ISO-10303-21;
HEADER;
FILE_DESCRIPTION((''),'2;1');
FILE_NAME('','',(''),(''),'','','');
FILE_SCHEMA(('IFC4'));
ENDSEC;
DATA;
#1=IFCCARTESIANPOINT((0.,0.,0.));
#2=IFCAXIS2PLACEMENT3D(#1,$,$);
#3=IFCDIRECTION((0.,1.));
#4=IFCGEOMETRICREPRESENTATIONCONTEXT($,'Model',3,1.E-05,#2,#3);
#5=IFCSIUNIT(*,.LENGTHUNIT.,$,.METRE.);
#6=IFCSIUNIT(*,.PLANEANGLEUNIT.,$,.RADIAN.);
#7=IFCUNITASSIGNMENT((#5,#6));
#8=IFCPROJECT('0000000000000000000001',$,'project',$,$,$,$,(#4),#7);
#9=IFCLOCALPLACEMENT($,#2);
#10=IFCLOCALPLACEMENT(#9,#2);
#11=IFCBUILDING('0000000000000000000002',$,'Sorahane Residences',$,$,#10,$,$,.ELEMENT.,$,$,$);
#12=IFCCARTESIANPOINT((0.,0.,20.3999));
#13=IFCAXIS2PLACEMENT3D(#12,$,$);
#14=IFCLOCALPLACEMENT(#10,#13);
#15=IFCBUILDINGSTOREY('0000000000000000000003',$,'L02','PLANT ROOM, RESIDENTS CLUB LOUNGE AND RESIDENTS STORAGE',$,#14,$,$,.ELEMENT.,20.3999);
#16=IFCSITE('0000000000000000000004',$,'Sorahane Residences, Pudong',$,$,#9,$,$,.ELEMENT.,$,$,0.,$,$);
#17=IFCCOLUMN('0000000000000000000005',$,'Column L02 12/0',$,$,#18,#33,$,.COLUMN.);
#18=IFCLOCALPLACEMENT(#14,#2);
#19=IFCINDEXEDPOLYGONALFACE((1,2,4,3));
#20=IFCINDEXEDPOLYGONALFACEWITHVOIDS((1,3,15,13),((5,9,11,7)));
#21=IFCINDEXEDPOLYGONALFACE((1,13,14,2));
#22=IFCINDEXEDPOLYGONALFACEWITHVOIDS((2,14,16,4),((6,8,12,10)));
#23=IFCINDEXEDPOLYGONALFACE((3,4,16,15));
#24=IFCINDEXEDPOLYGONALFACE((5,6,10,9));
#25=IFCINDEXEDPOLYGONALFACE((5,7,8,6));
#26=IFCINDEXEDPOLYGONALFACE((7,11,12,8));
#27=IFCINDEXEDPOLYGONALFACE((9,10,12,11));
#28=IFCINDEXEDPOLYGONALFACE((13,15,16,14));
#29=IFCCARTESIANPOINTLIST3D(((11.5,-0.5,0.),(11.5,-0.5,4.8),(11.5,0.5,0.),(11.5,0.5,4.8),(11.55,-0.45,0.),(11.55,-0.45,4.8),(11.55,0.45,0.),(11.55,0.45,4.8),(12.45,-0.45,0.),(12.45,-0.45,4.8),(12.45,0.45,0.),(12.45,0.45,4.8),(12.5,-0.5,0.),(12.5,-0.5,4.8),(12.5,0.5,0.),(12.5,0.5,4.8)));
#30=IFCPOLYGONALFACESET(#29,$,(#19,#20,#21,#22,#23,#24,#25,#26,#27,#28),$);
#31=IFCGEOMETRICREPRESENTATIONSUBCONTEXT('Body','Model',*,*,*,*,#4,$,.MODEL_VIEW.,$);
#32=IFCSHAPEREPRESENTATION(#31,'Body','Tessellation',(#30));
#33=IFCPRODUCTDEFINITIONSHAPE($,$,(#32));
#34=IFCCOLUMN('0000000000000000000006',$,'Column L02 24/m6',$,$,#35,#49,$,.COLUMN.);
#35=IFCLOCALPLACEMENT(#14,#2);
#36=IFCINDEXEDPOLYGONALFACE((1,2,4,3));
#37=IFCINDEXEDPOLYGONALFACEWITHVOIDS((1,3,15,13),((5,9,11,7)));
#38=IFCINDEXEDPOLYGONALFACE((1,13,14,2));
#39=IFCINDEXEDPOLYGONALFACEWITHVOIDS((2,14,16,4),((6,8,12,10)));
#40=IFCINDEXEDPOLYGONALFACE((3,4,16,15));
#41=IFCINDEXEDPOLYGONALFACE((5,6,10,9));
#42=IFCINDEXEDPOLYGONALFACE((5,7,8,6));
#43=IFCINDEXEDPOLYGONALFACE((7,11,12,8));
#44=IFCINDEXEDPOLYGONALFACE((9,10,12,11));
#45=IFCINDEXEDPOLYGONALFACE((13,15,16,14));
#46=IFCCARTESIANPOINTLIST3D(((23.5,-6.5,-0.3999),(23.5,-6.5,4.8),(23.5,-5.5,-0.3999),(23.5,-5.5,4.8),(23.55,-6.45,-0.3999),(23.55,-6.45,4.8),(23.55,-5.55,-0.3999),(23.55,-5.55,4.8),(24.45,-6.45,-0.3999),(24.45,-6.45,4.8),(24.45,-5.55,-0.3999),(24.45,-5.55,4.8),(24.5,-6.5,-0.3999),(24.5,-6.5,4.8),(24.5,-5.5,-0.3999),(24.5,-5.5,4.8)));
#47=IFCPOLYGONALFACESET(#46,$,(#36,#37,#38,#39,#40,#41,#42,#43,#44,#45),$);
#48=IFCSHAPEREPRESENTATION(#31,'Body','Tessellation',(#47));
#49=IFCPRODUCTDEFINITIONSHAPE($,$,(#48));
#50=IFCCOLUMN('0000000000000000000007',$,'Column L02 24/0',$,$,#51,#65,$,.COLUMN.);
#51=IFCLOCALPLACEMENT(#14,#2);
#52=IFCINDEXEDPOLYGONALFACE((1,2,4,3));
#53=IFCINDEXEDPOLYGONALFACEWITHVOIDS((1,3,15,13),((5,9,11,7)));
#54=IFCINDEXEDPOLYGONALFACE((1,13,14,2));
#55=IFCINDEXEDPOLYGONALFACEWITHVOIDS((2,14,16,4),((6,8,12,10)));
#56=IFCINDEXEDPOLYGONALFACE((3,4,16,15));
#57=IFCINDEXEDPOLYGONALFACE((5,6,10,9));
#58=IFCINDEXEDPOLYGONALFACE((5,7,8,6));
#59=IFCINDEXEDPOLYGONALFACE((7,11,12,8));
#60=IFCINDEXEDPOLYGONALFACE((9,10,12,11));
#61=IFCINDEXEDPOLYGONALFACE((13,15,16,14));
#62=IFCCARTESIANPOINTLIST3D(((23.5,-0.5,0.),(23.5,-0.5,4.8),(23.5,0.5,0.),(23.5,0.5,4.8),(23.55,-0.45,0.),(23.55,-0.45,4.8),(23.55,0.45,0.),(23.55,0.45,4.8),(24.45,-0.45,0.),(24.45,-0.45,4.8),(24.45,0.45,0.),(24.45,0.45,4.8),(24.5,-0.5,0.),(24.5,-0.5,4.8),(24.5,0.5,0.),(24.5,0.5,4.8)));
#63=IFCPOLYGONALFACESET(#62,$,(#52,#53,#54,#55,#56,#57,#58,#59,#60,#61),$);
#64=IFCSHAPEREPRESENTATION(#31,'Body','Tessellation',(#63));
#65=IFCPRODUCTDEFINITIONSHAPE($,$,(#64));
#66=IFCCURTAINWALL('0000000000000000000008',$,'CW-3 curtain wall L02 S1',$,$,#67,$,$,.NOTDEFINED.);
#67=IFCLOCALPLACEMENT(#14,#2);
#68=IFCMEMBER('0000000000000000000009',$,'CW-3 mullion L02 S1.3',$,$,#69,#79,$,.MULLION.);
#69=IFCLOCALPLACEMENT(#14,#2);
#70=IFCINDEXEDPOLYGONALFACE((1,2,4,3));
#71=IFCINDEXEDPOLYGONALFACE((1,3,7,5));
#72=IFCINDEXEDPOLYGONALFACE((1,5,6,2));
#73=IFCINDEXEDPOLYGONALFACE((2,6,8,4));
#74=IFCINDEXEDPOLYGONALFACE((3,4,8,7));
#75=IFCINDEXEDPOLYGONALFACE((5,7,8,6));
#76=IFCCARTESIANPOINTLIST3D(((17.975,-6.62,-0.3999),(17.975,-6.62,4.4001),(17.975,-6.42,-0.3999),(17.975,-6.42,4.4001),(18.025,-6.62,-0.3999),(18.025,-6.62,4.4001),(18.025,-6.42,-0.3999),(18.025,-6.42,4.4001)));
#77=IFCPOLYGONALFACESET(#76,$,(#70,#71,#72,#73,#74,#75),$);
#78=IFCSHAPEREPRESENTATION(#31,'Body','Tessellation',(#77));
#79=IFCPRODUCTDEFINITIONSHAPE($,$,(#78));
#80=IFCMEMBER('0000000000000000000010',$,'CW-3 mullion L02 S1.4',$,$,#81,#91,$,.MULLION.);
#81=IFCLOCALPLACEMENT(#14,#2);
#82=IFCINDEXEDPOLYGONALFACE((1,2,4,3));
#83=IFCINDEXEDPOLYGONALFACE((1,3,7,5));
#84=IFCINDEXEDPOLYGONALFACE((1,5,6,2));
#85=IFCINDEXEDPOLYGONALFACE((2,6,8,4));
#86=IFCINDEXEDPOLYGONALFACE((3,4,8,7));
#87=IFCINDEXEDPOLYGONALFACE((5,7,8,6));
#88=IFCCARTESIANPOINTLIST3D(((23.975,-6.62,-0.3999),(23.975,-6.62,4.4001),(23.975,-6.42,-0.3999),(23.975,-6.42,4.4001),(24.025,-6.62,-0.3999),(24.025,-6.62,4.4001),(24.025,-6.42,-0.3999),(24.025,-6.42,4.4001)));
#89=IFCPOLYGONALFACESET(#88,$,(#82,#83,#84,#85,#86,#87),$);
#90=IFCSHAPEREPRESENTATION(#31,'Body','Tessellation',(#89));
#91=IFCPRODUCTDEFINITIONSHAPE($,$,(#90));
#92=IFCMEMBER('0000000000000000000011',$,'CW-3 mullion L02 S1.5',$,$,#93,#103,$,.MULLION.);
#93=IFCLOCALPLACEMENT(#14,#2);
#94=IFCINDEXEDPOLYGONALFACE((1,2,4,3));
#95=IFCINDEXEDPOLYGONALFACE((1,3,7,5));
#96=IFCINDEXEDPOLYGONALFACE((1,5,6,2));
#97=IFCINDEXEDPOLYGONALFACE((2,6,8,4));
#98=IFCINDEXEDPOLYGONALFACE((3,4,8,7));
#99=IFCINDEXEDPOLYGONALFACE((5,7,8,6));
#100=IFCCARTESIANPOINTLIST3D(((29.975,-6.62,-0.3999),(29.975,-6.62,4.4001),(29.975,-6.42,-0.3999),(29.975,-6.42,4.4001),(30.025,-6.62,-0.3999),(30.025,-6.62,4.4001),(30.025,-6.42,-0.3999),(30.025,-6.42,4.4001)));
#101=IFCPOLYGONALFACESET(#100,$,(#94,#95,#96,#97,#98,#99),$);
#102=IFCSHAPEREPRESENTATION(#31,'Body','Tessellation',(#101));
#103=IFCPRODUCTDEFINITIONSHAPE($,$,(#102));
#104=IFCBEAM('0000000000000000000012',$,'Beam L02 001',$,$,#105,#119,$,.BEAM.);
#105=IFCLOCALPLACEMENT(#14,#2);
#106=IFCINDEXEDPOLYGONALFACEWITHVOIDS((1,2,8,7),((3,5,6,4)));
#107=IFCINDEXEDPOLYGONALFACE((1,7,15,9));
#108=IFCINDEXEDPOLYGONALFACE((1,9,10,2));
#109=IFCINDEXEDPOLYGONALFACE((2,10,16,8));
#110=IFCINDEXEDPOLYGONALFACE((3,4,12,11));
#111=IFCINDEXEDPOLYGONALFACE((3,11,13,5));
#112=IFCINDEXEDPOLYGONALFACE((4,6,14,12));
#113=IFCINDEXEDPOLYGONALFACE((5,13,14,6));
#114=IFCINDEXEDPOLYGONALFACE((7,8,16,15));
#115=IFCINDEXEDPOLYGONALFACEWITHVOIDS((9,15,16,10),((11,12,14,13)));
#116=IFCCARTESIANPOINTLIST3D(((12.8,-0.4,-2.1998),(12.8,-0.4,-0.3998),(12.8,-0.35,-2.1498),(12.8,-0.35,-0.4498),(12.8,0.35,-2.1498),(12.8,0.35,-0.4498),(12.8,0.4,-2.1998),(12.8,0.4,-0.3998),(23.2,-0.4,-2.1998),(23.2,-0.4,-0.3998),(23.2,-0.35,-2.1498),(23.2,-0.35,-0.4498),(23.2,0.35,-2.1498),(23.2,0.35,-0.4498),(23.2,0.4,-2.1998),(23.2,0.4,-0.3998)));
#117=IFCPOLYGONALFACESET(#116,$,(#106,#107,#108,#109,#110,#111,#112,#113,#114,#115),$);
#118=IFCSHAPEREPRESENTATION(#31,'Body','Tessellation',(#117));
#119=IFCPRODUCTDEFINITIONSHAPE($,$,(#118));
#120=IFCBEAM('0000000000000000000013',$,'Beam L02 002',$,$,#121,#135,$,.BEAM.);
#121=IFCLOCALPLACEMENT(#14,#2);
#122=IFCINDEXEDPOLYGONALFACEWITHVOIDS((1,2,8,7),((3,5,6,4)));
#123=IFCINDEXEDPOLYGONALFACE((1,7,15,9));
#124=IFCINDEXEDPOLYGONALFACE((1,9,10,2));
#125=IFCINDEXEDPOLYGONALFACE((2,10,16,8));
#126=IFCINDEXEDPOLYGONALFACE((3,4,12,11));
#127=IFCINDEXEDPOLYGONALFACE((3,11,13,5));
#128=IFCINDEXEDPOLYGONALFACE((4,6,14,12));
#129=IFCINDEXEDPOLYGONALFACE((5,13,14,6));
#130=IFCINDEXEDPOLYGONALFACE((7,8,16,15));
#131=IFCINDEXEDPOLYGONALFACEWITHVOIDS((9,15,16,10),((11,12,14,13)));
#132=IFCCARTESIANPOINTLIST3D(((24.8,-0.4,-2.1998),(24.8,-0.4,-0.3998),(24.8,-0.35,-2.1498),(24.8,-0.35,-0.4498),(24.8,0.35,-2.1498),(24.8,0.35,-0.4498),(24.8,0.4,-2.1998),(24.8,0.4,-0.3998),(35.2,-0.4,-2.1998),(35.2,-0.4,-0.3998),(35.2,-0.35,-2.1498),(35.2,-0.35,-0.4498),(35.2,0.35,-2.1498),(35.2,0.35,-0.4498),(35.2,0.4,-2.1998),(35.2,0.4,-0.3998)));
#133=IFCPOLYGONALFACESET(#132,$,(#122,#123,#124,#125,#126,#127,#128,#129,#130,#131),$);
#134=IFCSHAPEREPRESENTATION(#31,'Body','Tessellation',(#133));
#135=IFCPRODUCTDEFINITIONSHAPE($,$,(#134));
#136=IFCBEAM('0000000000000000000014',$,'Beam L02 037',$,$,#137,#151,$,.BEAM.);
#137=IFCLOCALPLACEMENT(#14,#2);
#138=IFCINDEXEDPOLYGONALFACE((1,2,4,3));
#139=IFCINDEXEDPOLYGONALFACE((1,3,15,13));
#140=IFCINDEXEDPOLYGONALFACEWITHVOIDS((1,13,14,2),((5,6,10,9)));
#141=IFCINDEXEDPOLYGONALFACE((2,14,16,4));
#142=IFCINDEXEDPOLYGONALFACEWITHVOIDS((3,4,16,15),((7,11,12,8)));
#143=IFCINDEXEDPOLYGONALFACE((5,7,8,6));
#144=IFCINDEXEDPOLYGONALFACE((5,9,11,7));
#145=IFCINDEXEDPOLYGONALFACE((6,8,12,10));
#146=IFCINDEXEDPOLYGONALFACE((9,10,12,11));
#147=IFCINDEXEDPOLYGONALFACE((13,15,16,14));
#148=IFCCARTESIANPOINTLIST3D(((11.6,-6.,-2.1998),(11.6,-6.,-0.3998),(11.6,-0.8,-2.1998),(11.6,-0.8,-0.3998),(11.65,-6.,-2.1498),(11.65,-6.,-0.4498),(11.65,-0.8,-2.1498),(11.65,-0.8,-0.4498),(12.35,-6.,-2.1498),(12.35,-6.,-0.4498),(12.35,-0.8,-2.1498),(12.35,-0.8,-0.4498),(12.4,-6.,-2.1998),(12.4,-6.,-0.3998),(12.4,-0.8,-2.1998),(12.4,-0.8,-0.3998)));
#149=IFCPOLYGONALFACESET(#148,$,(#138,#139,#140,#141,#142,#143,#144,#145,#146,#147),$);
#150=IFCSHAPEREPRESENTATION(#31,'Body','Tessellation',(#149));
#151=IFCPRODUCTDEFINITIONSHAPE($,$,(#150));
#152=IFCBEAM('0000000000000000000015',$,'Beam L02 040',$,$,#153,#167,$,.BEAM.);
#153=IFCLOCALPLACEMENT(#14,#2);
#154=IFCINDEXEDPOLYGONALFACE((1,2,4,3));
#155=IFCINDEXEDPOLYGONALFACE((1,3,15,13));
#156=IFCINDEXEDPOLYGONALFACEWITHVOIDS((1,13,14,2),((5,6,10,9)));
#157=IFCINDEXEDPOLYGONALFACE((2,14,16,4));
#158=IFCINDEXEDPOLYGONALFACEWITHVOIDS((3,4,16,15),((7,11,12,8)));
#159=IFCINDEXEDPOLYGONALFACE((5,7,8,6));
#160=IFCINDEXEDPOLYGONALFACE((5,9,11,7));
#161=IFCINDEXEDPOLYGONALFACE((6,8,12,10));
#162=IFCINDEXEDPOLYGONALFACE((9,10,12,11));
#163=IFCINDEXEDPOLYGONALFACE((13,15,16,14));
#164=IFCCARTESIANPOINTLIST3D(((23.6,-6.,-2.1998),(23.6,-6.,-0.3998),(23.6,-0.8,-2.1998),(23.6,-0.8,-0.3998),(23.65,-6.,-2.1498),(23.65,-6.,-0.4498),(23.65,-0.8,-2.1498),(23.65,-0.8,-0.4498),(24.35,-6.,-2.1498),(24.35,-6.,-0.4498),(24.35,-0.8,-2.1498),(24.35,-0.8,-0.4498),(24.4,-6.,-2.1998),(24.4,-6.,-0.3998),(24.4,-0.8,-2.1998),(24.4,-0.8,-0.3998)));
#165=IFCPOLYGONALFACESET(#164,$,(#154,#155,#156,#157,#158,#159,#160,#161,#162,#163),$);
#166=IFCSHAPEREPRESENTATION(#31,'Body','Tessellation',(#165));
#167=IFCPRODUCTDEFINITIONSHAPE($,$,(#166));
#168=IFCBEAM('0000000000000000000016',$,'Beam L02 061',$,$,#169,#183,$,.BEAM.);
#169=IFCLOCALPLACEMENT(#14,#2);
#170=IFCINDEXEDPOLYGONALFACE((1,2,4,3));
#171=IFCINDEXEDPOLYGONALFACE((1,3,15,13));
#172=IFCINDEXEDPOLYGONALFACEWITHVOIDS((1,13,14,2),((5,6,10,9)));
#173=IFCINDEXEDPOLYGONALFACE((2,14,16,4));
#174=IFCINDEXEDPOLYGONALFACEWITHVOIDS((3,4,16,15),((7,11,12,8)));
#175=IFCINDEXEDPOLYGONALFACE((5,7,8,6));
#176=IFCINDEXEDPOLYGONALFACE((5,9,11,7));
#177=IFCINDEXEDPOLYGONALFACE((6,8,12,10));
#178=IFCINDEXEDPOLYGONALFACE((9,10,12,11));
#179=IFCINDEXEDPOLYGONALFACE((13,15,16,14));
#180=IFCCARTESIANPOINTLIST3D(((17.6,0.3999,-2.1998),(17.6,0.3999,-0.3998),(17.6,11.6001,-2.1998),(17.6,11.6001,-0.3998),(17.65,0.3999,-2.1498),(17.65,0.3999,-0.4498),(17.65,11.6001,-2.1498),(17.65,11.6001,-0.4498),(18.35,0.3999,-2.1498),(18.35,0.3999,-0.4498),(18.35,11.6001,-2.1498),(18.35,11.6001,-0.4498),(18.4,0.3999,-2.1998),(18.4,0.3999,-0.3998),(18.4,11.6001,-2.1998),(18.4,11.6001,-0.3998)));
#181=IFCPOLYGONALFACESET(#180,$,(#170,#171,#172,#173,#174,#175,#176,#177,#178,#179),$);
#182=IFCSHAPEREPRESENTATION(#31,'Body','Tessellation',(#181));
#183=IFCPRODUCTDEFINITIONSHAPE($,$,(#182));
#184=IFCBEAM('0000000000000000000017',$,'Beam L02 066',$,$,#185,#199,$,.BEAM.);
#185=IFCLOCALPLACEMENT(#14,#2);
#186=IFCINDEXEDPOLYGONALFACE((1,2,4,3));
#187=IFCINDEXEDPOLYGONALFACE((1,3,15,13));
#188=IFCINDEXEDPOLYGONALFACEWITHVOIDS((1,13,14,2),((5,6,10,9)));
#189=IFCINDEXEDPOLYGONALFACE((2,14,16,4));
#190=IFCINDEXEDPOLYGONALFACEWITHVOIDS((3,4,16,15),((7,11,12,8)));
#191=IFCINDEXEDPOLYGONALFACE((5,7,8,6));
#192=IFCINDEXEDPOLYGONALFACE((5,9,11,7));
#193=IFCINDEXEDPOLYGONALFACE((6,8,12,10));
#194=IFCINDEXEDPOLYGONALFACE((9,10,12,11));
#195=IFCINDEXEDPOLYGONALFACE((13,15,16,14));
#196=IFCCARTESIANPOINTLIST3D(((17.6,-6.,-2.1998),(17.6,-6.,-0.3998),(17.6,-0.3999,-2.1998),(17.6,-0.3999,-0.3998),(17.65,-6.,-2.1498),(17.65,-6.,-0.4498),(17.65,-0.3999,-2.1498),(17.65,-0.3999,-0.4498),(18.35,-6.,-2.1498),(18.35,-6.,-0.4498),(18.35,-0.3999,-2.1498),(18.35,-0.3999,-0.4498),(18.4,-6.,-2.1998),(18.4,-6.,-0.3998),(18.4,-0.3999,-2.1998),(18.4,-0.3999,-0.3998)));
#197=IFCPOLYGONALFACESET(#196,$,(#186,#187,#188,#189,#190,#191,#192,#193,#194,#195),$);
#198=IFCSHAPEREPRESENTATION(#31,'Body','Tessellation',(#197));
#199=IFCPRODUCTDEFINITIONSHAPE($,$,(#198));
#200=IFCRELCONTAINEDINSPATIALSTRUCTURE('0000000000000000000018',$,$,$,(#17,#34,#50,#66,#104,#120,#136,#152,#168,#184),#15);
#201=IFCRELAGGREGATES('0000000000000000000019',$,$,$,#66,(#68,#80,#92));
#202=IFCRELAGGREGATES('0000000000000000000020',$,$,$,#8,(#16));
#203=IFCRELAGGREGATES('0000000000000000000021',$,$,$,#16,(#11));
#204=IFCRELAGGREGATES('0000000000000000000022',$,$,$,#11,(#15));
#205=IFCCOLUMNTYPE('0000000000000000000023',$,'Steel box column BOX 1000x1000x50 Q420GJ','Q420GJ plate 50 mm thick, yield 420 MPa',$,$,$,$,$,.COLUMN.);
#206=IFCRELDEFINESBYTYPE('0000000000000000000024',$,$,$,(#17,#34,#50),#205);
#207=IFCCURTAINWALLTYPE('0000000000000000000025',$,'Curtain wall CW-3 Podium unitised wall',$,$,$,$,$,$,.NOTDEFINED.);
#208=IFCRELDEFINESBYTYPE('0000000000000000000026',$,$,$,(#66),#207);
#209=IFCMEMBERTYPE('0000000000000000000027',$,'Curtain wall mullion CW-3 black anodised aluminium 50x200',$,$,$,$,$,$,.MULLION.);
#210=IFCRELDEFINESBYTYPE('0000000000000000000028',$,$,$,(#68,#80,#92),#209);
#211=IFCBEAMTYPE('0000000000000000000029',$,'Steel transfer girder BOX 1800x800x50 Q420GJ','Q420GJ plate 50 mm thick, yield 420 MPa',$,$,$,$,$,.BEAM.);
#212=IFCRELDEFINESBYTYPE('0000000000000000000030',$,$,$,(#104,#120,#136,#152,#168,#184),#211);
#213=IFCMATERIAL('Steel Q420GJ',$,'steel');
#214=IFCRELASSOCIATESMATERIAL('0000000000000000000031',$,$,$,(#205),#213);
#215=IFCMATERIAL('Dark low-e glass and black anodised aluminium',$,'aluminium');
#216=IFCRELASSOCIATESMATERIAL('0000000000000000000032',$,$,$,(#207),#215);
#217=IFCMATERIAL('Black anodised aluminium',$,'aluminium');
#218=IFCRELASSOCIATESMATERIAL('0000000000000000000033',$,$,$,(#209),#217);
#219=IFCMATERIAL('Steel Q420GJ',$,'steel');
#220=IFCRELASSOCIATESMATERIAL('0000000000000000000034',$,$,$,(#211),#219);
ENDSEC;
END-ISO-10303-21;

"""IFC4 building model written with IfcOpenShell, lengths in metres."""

from ifc_helpers import new_model, si_unit, direction, frame, origin, origin_2d, place, context, subcontext, project, spatial, rectangle, hollow_rectangle, extrude, material, material_profile, profile_set, type_object, element, aggregate, save


model = new_model("IFC4")

# Units and contexts
model_context = context("Model", 3, precision=1e-05, world=origin(), true_north=direction((0.0, 1.0)))
body_context = subcontext(model_context, "Body", "Model", "MODEL_VIEW")
ifc_project = project(units=[si_unit("LENGTHUNIT", "METRE"), si_unit("PLANEANGLEUNIT", "RADIAN")], contexts=[model_context])

# Site, building, storey
site_placement = place(None, origin())
site = spatial("IfcSite", under=ifc_project, at=site_placement, Name="Sorahane Residences, Pudong", CompositionType="ELEMENT", RefElevation=0.0)
building_placement = place(site_placement, origin())
building = spatial("IfcBuilding", under=site, at=building_placement, Name="Sorahane Residences", CompositionType="ELEMENT")
storey_placement = place(building_placement, frame((0.0, 0.0, 20.3999)))
storey = spatial("IfcBuildingStorey", under=building, at=storey_placement, Name="L02", Description="PLANT ROOM, RESIDENTS CLUB LOUNGE AND RESIDENTS STORAGE", CompositionType="ELEMENT", Elevation=20.3999)

# Columns
ifc_material_1 = material(Name="Steel Q420GJ", Category="steel")
ifc_material_profile_1 = material_profile(ifc_material_1, hollow_rectangle(XDim=1.0, YDim=1.0, WallThickness=0.05, at=origin_2d()), Name="BOX 1000x1000x50")
ifc_profile_set_1 = profile_set([ifc_material_profile_1], Name="Steel Q420GJ")
column_type = type_object("IfcColumnType", Name="Steel box column BOX 1000x1000x50 Q420GJ", Description="Q420GJ plate 50 mm thick, yield 420 MPa", PredefinedType="COLUMN", material=ifc_profile_set_1)
column_1_placement = place(storey_placement, frame((12.0, 0.0, 0.0), z_axis=(0.0, 0.0, 1.0), x_axis=(1.0, 0.0, 0.0)))
element("IfcColumn", 1, at=column_1_placement, inside=storey, type_object=column_type, Name="Column L02 12/0", PredefinedType="COLUMN", context=body_context, shape_type="SweptSolid", body=[
    extrude(hollow_rectangle(XDim=1.0, YDim=1.0, WallThickness=0.05, at=origin_2d()), origin(), (0.0, 0.0, 1.0), 4.8),
])
column_2_placement = place(storey_placement, frame((24.0, -6.0, -0.3999), z_axis=(0.0, 0.0, 1.0), x_axis=(1.0, 0.0, 0.0)))
element("IfcColumn", 2, at=column_2_placement, inside=storey, type_object=column_type, Name="Column L02 24/m6", PredefinedType="COLUMN", context=body_context, shape_type="SweptSolid", body=[
    extrude(hollow_rectangle(XDim=1.0, YDim=1.0, WallThickness=0.05, at=origin_2d()), origin(), (0.0, 0.0, 1.0), 5.2),
])
column_3_placement = place(storey_placement, frame((24.0, 0.0, 0.0), z_axis=(0.0, 0.0, 1.0), x_axis=(1.0, 0.0, 0.0)))
element("IfcColumn", 3, at=column_3_placement, inside=storey, type_object=column_type, Name="Column L02 24/0", PredefinedType="COLUMN", context=body_context, shape_type="SweptSolid", body=[
    extrude(hollow_rectangle(XDim=1.0, YDim=1.0, WallThickness=0.05, at=origin_2d()), origin(), (0.0, 0.0, 1.0), 4.8),
])

# Curtain wall, members
ifc_material_2 = material(Name="Dark low-e glass and black anodised aluminium", Category="aluminium")
curtain_wall_type = type_object("IfcCurtainWallType", Name="Curtain wall CW-3 Podium unitised wall", PredefinedType="NOTDEFINED", material=ifc_material_2)
curtain_wall_placement = place(storey_placement, origin())
curtain_wall = element("IfcCurtainWall", 4, at=curtain_wall_placement, inside=storey, type_object=curtain_wall_type, Name="CW-3 curtain wall L02 S1", PredefinedType="NOTDEFINED")
ifc_material_3 = material(Name="Black anodised aluminium", Category="aluminium")
ifc_material_profile_2 = material_profile(ifc_material_3, rectangle(XDim=0.2, YDim=0.05, at=origin_2d()), Name="Curtain wall mullion CW-3 black anodised aluminium 50x200")
ifc_profile_set_2 = profile_set([ifc_material_profile_2], Name="Black anodised aluminium")
member_type = type_object("IfcMemberType", Name="Curtain wall mullion CW-3 black anodised aluminium 50x200", PredefinedType="MULLION", material=ifc_profile_set_2)
member_1_placement = place(storey_placement, frame((18.0, -6.52, -0.3999), z_axis=(0.0, 0.0, 1.0), x_axis=(0.0, -1.0, 0.0)))
member_1 = element("IfcMember", 5, at=member_1_placement, type_object=member_type, Name="CW-3 mullion L02 S1.3", PredefinedType="MULLION", context=body_context, shape_type="SweptSolid", body=[
    extrude(rectangle(XDim=0.2, YDim=0.05, at=origin_2d()), origin(), (0.0, 0.0, 1.0), 4.8),
])
member_2_placement = place(storey_placement, frame((24.0, -6.52, -0.3999), z_axis=(0.0, 0.0, 1.0), x_axis=(0.0, -1.0, 0.0)))
member_2 = element("IfcMember", 6, at=member_2_placement, type_object=member_type, Name="CW-3 mullion L02 S1.4", PredefinedType="MULLION", context=body_context, shape_type="SweptSolid", body=[
    extrude(rectangle(XDim=0.2, YDim=0.05, at=origin_2d()), origin(), (0.0, 0.0, 1.0), 4.8),
])
member_3_placement = place(storey_placement, frame((30.0, -6.52, -0.3999), z_axis=(0.0, 0.0, 1.0), x_axis=(0.0, -1.0, 0.0)))
member_3 = element("IfcMember", 7, at=member_3_placement, type_object=member_type, Name="CW-3 mullion L02 S1.5", PredefinedType="MULLION", context=body_context, shape_type="SweptSolid", body=[
    extrude(rectangle(XDim=0.2, YDim=0.05, at=origin_2d()), origin(), (0.0, 0.0, 1.0), 4.8),
])

# Beams
ifc_material_4 = material(Name="Steel Q420GJ", Category="steel")
ifc_material_profile_3 = material_profile(ifc_material_4, hollow_rectangle(XDim=0.8, YDim=1.8, WallThickness=0.05, at=origin_2d()), Name="BOX 1800x800x50")
ifc_profile_set_3 = profile_set([ifc_material_profile_3], Name="Steel Q420GJ")
beam_type = type_object("IfcBeamType", Name="Steel transfer girder BOX 1800x800x50 Q420GJ", Description="Q420GJ plate 50 mm thick, yield 420 MPa", PredefinedType="BEAM", material=ifc_profile_set_3)
for number, where, z_axis, x_axis, name in (
    (8, (12.8, 0.0, -1.2998), (1.0, 0.0, 0.0), (0.0, 1.0, 0.0), "Beam L02 001"),
    (9, (24.8, 0.0, -1.2998), (1.0, 0.0, 0.0), (0.0, 1.0, 0.0), "Beam L02 002"),
):
    element("IfcBeam", number, at=place(storey_placement, frame(where, z_axis=z_axis, x_axis=x_axis)), inside=storey, type_object=beam_type, Name=name, PredefinedType="BEAM", context=body_context, shape_type="SweptSolid", body=[
        extrude(hollow_rectangle(XDim=0.8, YDim=1.8, WallThickness=0.05, at=origin_2d()), origin(), (0.0, 0.0, 1.0), 10.3999),
    ])
for number, where, z_axis, x_axis, name in (
    (10, (12.0, -6.0, -1.2998), (0.0, 1.0, 0.0), (-1.0, 0.0, 0.0), "Beam L02 037"),
    (11, (24.0, -6.0, -1.2998), (0.0, 1.0, 0.0), (-1.0, 0.0, 0.0), "Beam L02 040"),
):
    element("IfcBeam", number, at=place(storey_placement, frame(where, z_axis=z_axis, x_axis=x_axis)), inside=storey, type_object=beam_type, Name=name, PredefinedType="BEAM", context=body_context, shape_type="SweptSolid", body=[
        extrude(hollow_rectangle(XDim=0.8, YDim=1.8, WallThickness=0.05, at=origin_2d()), origin(), (0.0, 0.0, 1.0), 5.2),
    ])
beam_1_placement = place(storey_placement, frame((18.0, 0.3999, -1.2998), z_axis=(0.0, 1.0, 0.0), x_axis=(-1.0, 0.0, 0.0)))
element("IfcBeam", 12, at=beam_1_placement, inside=storey, type_object=beam_type, Name="Beam L02 061", PredefinedType="BEAM", context=body_context, shape_type="SweptSolid", body=[
    extrude(hollow_rectangle(XDim=0.8, YDim=1.8, WallThickness=0.05, at=origin_2d()), origin(), (0.0, 0.0, 1.0), 11.2002),
])
beam_2_placement = place(storey_placement, frame((18.0, -6.0, -1.2998), z_axis=(0.0, 1.0, 0.0), x_axis=(-1.0, 0.0, 0.0)))
element("IfcBeam", 13, at=beam_2_placement, inside=storey, type_object=beam_type, Name="Beam L02 066", PredefinedType="BEAM", context=body_context, shape_type="SweptSolid", body=[
    extrude(hollow_rectangle(XDim=0.8, YDim=1.8, WallThickness=0.05, at=origin_2d()), origin(), (0.0, 0.0, 1.0), 5.6001),
])

aggregate(curtain_wall, [member_1, member_2, member_3])

save(model, "model.ifc")
